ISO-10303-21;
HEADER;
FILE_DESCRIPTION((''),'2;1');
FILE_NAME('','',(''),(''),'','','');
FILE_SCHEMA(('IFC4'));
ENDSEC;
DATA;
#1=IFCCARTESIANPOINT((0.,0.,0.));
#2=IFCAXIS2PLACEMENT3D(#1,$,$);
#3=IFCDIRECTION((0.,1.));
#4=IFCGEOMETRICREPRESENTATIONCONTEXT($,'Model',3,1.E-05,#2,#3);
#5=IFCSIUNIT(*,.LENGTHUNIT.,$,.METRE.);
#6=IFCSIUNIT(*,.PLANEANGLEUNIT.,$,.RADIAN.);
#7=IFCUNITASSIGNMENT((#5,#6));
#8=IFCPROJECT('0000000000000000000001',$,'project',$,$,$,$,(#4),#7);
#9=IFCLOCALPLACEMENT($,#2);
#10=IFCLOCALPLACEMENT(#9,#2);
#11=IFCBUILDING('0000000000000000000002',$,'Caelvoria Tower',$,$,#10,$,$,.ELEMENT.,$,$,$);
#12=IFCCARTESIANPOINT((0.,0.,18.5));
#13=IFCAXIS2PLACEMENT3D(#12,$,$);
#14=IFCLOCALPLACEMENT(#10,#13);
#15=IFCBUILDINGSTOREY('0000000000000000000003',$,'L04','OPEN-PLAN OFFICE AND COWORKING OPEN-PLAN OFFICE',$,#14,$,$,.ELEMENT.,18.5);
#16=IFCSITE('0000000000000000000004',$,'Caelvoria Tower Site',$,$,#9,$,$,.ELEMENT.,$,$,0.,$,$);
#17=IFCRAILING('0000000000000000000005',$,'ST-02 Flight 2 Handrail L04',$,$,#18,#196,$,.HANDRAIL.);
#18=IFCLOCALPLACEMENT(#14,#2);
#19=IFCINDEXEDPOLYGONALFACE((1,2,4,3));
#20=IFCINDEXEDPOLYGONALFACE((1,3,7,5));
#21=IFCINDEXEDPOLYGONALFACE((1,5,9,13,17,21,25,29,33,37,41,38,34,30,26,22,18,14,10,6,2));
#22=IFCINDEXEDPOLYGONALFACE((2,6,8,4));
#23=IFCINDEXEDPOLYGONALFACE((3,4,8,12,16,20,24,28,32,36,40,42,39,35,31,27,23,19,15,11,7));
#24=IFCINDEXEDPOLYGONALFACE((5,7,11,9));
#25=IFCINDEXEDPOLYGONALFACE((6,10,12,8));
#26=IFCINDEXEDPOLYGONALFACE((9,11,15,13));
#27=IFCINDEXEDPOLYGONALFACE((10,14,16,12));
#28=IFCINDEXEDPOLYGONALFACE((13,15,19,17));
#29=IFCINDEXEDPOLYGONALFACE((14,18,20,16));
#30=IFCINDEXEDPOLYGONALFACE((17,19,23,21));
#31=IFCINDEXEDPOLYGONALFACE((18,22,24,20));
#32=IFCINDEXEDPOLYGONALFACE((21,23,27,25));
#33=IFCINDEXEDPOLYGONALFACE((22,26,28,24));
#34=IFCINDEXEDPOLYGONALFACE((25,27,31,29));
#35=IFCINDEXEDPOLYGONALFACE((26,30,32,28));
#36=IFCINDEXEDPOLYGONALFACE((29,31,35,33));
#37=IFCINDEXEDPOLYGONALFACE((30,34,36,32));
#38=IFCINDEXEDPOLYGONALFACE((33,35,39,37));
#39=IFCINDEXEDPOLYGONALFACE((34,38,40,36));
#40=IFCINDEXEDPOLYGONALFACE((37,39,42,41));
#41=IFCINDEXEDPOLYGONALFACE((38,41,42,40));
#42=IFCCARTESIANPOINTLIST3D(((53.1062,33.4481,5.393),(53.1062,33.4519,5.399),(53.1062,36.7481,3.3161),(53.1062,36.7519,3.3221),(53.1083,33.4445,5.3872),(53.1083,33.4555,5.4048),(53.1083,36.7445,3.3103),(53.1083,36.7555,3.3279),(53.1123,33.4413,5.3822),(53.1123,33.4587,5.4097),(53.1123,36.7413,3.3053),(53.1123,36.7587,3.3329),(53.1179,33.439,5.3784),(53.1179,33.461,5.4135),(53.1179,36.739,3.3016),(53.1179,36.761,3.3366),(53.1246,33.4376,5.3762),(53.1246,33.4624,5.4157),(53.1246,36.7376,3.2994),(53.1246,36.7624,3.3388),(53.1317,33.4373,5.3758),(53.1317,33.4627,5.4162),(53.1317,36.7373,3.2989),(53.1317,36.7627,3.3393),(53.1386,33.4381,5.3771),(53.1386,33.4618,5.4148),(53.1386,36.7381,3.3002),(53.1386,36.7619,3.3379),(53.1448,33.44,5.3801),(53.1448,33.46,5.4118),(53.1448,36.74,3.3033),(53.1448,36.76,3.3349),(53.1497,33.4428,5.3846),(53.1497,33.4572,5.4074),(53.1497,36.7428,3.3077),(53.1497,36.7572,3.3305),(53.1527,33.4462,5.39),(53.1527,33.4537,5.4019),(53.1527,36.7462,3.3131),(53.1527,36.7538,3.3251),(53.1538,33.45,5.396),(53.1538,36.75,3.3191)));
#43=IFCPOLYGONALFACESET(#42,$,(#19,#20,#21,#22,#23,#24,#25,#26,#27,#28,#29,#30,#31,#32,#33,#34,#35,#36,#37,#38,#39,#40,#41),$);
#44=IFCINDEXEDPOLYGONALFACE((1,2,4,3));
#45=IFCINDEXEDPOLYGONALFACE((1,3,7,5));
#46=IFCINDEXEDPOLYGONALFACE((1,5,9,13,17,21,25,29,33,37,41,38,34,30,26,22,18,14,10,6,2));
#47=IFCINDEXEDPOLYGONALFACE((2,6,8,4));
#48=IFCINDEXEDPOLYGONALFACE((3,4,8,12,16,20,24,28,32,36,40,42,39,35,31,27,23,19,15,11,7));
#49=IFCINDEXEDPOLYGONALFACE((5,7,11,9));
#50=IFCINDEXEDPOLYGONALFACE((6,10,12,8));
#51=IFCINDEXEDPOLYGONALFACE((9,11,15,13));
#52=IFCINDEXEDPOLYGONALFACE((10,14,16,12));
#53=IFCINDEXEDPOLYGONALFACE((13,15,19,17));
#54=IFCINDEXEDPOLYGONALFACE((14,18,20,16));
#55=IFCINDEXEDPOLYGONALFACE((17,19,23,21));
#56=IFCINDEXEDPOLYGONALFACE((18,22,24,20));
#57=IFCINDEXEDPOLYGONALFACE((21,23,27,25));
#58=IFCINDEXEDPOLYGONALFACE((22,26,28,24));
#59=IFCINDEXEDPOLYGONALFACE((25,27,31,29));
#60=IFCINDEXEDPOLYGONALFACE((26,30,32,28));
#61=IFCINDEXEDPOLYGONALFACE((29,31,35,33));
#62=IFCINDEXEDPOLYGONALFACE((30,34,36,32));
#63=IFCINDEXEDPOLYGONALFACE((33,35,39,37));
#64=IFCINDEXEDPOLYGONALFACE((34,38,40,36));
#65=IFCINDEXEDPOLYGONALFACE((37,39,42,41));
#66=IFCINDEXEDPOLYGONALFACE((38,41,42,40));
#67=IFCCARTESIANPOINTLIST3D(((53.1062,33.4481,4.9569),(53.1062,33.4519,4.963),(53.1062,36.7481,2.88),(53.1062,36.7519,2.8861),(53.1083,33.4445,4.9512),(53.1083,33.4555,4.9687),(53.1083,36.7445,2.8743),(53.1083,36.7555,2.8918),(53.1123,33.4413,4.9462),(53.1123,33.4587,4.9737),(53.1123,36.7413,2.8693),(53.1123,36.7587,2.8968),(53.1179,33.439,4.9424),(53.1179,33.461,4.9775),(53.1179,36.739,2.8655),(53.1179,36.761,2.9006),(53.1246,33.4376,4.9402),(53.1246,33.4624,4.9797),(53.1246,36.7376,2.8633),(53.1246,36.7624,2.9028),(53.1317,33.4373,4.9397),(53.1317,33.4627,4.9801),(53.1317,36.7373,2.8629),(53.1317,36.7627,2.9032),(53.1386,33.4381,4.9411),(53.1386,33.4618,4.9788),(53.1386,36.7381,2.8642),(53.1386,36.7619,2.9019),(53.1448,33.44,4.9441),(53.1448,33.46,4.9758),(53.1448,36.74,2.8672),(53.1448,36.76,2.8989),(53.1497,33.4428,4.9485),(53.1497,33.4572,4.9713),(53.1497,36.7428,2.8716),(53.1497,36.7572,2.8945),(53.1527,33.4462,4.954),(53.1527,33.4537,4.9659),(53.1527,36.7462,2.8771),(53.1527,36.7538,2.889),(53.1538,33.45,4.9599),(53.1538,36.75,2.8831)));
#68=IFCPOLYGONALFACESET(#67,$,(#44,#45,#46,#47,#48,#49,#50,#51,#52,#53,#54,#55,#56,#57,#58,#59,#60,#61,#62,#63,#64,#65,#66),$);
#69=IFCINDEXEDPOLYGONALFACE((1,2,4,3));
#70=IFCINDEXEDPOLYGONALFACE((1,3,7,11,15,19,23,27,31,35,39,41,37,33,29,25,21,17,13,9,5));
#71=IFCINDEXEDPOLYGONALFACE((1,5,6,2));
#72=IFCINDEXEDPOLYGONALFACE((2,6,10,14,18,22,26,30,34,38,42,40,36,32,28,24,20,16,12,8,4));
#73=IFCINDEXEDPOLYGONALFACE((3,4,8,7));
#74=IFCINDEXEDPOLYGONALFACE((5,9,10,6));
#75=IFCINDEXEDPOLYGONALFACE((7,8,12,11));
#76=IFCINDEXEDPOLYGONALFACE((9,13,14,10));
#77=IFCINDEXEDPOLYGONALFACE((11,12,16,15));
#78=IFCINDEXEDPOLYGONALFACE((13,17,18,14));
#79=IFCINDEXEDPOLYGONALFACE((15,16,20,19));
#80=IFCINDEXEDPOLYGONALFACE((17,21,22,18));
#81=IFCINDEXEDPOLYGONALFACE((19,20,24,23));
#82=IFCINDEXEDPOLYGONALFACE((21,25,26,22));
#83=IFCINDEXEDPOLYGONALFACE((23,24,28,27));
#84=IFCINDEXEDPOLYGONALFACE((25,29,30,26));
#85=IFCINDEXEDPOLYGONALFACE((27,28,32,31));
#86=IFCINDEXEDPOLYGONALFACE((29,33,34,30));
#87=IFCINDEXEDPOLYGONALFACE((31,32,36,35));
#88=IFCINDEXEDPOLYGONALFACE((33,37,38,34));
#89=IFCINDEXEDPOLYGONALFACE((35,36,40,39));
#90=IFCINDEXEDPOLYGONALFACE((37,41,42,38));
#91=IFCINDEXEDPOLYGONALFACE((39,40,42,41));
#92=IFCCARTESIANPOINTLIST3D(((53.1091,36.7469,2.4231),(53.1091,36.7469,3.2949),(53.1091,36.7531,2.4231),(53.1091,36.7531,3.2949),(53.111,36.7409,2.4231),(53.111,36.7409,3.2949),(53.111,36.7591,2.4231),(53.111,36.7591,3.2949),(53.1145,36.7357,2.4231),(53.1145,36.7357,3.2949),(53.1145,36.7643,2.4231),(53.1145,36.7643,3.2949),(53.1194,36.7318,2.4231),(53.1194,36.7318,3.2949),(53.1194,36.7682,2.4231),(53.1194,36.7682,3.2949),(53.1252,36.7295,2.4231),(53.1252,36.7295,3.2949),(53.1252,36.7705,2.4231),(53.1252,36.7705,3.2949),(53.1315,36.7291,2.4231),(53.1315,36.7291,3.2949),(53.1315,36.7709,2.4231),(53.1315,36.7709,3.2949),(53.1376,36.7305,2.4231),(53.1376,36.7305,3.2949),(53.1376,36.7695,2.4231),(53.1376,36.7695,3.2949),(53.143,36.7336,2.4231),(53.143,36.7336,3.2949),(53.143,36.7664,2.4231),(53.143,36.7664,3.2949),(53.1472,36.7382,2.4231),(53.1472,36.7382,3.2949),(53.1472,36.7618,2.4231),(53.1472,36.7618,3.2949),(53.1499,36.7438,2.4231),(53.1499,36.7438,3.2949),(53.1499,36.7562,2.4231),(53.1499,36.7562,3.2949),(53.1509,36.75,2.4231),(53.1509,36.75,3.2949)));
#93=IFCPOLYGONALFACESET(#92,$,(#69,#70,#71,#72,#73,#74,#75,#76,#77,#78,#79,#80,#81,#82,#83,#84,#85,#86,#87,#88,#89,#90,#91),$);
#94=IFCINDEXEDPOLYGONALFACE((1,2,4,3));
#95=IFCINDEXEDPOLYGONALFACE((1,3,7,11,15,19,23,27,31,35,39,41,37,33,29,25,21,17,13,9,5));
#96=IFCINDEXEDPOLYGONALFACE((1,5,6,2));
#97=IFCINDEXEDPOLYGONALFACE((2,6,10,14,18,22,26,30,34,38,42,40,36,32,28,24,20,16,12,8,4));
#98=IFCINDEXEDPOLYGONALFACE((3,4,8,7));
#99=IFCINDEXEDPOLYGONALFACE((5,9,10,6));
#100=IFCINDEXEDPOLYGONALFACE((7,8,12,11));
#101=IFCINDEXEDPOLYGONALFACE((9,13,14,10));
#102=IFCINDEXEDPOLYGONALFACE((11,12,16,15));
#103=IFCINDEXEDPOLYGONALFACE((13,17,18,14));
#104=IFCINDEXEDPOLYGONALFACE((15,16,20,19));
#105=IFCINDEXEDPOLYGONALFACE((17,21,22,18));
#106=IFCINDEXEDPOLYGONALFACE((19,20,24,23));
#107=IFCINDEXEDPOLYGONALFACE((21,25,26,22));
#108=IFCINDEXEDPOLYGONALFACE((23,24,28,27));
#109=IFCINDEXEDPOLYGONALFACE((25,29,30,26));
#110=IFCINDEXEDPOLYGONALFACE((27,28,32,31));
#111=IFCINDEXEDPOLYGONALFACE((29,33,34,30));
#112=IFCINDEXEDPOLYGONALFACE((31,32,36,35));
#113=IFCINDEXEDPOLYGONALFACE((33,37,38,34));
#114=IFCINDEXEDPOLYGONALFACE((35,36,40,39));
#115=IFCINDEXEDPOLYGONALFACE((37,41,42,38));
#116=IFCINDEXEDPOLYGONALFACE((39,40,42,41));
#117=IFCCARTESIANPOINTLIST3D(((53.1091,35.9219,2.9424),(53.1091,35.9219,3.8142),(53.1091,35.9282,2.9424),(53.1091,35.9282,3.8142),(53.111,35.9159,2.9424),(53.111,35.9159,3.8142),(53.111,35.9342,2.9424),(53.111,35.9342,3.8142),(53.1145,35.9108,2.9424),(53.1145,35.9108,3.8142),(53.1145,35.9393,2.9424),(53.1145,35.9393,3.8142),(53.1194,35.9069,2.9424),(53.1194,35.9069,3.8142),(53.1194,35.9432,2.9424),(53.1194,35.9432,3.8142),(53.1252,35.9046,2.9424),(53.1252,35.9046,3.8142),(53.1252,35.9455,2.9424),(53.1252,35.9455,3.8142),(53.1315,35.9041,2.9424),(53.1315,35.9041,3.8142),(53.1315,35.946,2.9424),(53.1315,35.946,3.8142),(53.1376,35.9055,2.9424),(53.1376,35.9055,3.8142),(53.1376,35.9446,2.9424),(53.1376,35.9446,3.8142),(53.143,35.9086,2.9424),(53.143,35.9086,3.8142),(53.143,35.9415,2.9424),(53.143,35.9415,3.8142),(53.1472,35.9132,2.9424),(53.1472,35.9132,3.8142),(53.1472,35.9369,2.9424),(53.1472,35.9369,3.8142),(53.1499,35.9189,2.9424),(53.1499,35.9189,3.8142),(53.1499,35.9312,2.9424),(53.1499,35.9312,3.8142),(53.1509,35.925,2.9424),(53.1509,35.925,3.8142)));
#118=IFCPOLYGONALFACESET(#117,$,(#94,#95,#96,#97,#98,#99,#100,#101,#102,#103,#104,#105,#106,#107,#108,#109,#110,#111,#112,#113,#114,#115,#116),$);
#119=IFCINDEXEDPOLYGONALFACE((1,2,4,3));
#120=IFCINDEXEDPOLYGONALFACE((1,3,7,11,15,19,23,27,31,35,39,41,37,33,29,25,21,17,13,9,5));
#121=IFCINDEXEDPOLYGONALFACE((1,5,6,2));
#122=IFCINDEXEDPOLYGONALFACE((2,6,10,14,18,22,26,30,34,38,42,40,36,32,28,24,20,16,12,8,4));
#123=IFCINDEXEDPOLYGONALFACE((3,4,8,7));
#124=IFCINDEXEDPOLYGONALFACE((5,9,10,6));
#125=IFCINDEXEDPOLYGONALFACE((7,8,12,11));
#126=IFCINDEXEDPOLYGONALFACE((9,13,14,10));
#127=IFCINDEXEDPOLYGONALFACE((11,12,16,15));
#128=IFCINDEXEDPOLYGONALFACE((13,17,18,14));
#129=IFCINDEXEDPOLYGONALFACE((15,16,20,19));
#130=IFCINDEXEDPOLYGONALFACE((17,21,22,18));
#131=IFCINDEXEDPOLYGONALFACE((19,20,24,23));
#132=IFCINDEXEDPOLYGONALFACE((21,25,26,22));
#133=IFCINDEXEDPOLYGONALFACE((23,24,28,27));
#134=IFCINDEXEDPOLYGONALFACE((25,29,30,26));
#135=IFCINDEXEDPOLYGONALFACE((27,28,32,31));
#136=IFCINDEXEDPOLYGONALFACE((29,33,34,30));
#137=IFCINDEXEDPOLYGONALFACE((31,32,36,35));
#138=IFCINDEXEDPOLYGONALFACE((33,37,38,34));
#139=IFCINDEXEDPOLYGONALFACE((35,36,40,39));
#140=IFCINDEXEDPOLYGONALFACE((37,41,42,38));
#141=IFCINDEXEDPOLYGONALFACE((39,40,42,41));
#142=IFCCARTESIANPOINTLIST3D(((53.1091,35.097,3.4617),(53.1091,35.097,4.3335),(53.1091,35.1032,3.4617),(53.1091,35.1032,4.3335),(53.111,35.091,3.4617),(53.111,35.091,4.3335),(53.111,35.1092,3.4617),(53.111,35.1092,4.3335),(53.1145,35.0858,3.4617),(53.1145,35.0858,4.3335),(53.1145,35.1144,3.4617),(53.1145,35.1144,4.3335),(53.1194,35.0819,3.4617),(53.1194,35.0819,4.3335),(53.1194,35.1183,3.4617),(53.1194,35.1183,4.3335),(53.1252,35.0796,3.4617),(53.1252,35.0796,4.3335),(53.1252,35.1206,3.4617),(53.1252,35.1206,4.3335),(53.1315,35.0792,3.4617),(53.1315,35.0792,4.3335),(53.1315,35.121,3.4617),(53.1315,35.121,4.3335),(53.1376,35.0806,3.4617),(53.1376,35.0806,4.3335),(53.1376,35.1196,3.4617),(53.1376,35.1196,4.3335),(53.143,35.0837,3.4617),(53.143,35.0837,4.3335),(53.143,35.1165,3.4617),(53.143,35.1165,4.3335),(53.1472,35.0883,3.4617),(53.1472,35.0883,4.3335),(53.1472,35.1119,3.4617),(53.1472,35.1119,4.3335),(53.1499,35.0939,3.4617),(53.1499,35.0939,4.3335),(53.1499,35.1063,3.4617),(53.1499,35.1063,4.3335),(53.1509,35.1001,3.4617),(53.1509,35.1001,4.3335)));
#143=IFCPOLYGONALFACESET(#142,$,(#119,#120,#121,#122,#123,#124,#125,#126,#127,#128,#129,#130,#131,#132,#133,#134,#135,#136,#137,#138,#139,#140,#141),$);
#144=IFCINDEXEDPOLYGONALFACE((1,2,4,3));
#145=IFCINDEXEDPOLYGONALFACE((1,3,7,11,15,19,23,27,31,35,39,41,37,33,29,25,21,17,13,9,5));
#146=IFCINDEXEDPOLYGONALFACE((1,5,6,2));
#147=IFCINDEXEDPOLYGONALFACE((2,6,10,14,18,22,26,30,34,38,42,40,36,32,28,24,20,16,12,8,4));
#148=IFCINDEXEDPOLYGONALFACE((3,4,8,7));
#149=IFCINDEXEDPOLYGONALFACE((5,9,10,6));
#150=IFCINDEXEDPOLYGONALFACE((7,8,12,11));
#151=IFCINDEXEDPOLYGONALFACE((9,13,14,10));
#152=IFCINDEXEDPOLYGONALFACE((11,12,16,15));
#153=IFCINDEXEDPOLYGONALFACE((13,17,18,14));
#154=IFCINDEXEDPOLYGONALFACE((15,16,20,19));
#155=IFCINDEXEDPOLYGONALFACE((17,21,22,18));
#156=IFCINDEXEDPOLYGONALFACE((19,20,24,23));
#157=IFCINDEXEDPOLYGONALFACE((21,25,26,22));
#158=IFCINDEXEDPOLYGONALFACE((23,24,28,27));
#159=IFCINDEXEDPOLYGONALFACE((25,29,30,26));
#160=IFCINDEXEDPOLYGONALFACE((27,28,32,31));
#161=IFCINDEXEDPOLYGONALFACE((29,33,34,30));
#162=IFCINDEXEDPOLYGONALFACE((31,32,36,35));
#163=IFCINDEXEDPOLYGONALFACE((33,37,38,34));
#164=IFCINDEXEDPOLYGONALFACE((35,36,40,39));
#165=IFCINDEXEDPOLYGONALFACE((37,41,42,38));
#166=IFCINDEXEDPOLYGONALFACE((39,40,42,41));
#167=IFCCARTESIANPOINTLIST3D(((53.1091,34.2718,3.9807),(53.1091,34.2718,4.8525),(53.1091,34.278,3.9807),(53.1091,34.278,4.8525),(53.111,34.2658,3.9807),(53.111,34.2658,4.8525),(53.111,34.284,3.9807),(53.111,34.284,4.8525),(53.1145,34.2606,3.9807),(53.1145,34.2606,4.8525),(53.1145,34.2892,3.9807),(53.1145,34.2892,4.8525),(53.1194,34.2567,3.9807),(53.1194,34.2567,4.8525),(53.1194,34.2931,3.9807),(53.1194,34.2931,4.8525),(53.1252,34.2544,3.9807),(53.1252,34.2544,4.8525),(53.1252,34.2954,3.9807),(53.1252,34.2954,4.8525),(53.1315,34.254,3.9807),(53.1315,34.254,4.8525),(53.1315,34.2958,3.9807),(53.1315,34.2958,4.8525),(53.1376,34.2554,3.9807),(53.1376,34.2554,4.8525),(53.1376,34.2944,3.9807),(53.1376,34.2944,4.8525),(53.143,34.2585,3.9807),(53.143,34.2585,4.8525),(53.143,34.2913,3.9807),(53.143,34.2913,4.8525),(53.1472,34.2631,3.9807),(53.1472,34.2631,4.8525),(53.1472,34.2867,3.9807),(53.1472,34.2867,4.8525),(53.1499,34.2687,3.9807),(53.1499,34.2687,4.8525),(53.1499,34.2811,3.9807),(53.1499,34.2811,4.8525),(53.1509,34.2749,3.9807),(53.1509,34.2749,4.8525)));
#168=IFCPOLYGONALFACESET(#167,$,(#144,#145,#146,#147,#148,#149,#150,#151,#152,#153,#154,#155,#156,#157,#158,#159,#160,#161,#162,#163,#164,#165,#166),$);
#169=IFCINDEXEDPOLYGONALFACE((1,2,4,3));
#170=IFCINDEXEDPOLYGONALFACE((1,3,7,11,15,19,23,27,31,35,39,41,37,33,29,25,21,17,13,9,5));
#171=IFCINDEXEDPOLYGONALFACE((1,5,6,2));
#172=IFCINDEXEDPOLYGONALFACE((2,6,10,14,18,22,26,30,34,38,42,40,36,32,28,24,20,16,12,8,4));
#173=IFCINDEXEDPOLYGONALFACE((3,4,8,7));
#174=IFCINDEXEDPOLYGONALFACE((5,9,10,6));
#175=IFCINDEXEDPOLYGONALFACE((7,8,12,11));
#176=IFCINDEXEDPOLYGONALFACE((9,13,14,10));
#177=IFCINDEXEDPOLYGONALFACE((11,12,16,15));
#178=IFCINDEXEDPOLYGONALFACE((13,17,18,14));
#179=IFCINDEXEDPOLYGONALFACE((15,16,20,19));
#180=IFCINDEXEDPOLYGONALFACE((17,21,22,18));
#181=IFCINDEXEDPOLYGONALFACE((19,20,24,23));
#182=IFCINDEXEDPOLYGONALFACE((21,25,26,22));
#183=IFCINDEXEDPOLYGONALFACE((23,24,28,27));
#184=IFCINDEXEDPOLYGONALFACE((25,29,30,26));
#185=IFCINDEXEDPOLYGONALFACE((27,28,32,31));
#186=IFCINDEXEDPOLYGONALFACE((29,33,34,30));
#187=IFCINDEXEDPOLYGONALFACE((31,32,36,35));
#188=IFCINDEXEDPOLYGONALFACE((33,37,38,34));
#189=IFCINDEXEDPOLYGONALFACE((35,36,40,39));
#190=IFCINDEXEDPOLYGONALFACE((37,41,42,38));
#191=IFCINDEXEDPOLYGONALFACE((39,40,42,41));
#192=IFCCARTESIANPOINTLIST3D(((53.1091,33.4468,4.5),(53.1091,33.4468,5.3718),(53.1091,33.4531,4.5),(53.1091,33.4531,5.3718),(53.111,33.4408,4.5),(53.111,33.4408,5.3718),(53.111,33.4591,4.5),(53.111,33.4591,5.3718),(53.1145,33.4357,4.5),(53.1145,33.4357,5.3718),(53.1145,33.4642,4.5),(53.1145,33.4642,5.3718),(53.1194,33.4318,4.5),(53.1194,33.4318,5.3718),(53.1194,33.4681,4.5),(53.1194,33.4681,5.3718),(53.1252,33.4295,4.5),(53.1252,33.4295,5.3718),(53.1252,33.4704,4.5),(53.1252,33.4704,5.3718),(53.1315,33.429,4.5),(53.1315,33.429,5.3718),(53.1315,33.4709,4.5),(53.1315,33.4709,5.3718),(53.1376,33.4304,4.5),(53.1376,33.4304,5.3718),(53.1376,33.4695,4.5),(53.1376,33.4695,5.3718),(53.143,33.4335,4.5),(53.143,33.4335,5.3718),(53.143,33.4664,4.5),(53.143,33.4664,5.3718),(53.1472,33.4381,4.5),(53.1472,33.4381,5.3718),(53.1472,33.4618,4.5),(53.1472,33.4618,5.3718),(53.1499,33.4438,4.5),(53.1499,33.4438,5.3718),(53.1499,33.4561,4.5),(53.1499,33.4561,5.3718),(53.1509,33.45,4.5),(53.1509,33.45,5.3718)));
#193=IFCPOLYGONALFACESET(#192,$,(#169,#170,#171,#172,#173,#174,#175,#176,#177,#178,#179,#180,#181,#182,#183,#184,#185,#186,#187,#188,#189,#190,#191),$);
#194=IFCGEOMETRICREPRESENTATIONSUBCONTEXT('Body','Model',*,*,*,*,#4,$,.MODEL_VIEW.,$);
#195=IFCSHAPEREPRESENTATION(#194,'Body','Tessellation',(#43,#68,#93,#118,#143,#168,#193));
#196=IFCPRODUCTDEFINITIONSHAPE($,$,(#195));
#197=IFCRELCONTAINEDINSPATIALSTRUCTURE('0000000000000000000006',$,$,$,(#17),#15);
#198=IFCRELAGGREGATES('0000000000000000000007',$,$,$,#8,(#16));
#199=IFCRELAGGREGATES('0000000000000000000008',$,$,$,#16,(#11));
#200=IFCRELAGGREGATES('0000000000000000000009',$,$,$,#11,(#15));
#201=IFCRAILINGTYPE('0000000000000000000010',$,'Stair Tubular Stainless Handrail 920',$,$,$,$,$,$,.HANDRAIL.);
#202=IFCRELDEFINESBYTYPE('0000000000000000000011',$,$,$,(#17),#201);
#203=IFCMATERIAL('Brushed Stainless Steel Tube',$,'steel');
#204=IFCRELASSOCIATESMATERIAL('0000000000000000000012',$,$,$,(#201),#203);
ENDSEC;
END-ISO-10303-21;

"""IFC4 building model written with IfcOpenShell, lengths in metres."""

from ifc_helpers import new_model, si_unit, direction, frame, origin, origin_2d, place, context, subcontext, project, spatial, circle, extrude, material, type_object, element, save


model = new_model("IFC4")

# Units and contexts
model_context = context("Model", 3, precision=1e-05, world=origin(), true_north=direction((0.0, 1.0)))
body_context = subcontext(model_context, "Body", "Model", "MODEL_VIEW")
ifc_project = project(units=[si_unit("LENGTHUNIT", "METRE"), si_unit("PLANEANGLEUNIT", "RADIAN")], contexts=[model_context])

# Site, building, storey
site_placement = place(None, origin())
site = spatial("IfcSite", under=ifc_project, at=site_placement, Name="Caelvoria Tower Site", CompositionType="ELEMENT", RefElevation=0.0)
building_placement = place(site_placement, origin())
building = spatial("IfcBuilding", under=site, at=building_placement, Name="Caelvoria Tower", CompositionType="ELEMENT")
storey_placement = place(building_placement, frame((0.0, 0.0, 18.5)))
storey = spatial("IfcBuildingStorey", under=building, at=storey_placement, Name="L04", Description="OPEN-PLAN OFFICE AND COWORKING OPEN-PLAN OFFICE", CompositionType="ELEMENT", Elevation=18.5)

# Railing
ifc_material_1 = material(Name="Brushed Stainless Steel Tube", Category="steel")
railing_type_1 = type_object("IfcRailingType", Name="Stair Tubular Stainless Handrail 920", PredefinedType="HANDRAIL", material=ifc_material_1)
railing_1_placement = place(storey_placement, frame((53.1299, 36.75, 2.4231)))
element("IfcRailing", 1, at=railing_1_placement, inside=storey, type_object=railing_type_1, Name="ST-02 Flight 2 Handrail L04", PredefinedType="HANDRAIL", context=body_context, shape_type="SweptSolid", body=[
    extrude(circle(Radius=0.0239, at=origin_2d()), frame((0.0, 0.0, 0.896), z_axis=(0.0, -0.846337, 0.532647), x_axis=(1.0, 0.0, 0.0)), (0.0, 0.0, 1.0), 3.8992),
    extrude(circle(Radius=0.0239, at=origin_2d()), frame((0.0, 0.0, 0.46), z_axis=(0.0, -0.846337, 0.532647), x_axis=(1.0, 0.0, 0.0)), (0.0, 0.0, 1.0), 3.8992),
    extrude(circle(Radius=0.021, at=origin_2d()), origin(), (0.0, 0.0, 1.0), 0.8718),
    extrude(circle(Radius=0.021, at=origin_2d()), frame((0.0, -0.825, 0.5193)), (0.0, 0.0, 1.0), 0.8718),
    extrude(circle(Radius=0.021, at=origin_2d()), frame((0.0, -1.6499, 1.0386)), (0.0, 0.0, 1.0), 0.8718),
    extrude(circle(Radius=0.021, at=origin_2d()), frame((0.0, -2.4751, 1.5576)), (0.0, 0.0, 1.0), 0.8718),
    extrude(circle(Radius=0.021, at=origin_2d()), frame((0.0, -3.3, 2.0769)), (0.0, 0.0, 1.0), 0.8718),
])

save(model, "model.ifc")
